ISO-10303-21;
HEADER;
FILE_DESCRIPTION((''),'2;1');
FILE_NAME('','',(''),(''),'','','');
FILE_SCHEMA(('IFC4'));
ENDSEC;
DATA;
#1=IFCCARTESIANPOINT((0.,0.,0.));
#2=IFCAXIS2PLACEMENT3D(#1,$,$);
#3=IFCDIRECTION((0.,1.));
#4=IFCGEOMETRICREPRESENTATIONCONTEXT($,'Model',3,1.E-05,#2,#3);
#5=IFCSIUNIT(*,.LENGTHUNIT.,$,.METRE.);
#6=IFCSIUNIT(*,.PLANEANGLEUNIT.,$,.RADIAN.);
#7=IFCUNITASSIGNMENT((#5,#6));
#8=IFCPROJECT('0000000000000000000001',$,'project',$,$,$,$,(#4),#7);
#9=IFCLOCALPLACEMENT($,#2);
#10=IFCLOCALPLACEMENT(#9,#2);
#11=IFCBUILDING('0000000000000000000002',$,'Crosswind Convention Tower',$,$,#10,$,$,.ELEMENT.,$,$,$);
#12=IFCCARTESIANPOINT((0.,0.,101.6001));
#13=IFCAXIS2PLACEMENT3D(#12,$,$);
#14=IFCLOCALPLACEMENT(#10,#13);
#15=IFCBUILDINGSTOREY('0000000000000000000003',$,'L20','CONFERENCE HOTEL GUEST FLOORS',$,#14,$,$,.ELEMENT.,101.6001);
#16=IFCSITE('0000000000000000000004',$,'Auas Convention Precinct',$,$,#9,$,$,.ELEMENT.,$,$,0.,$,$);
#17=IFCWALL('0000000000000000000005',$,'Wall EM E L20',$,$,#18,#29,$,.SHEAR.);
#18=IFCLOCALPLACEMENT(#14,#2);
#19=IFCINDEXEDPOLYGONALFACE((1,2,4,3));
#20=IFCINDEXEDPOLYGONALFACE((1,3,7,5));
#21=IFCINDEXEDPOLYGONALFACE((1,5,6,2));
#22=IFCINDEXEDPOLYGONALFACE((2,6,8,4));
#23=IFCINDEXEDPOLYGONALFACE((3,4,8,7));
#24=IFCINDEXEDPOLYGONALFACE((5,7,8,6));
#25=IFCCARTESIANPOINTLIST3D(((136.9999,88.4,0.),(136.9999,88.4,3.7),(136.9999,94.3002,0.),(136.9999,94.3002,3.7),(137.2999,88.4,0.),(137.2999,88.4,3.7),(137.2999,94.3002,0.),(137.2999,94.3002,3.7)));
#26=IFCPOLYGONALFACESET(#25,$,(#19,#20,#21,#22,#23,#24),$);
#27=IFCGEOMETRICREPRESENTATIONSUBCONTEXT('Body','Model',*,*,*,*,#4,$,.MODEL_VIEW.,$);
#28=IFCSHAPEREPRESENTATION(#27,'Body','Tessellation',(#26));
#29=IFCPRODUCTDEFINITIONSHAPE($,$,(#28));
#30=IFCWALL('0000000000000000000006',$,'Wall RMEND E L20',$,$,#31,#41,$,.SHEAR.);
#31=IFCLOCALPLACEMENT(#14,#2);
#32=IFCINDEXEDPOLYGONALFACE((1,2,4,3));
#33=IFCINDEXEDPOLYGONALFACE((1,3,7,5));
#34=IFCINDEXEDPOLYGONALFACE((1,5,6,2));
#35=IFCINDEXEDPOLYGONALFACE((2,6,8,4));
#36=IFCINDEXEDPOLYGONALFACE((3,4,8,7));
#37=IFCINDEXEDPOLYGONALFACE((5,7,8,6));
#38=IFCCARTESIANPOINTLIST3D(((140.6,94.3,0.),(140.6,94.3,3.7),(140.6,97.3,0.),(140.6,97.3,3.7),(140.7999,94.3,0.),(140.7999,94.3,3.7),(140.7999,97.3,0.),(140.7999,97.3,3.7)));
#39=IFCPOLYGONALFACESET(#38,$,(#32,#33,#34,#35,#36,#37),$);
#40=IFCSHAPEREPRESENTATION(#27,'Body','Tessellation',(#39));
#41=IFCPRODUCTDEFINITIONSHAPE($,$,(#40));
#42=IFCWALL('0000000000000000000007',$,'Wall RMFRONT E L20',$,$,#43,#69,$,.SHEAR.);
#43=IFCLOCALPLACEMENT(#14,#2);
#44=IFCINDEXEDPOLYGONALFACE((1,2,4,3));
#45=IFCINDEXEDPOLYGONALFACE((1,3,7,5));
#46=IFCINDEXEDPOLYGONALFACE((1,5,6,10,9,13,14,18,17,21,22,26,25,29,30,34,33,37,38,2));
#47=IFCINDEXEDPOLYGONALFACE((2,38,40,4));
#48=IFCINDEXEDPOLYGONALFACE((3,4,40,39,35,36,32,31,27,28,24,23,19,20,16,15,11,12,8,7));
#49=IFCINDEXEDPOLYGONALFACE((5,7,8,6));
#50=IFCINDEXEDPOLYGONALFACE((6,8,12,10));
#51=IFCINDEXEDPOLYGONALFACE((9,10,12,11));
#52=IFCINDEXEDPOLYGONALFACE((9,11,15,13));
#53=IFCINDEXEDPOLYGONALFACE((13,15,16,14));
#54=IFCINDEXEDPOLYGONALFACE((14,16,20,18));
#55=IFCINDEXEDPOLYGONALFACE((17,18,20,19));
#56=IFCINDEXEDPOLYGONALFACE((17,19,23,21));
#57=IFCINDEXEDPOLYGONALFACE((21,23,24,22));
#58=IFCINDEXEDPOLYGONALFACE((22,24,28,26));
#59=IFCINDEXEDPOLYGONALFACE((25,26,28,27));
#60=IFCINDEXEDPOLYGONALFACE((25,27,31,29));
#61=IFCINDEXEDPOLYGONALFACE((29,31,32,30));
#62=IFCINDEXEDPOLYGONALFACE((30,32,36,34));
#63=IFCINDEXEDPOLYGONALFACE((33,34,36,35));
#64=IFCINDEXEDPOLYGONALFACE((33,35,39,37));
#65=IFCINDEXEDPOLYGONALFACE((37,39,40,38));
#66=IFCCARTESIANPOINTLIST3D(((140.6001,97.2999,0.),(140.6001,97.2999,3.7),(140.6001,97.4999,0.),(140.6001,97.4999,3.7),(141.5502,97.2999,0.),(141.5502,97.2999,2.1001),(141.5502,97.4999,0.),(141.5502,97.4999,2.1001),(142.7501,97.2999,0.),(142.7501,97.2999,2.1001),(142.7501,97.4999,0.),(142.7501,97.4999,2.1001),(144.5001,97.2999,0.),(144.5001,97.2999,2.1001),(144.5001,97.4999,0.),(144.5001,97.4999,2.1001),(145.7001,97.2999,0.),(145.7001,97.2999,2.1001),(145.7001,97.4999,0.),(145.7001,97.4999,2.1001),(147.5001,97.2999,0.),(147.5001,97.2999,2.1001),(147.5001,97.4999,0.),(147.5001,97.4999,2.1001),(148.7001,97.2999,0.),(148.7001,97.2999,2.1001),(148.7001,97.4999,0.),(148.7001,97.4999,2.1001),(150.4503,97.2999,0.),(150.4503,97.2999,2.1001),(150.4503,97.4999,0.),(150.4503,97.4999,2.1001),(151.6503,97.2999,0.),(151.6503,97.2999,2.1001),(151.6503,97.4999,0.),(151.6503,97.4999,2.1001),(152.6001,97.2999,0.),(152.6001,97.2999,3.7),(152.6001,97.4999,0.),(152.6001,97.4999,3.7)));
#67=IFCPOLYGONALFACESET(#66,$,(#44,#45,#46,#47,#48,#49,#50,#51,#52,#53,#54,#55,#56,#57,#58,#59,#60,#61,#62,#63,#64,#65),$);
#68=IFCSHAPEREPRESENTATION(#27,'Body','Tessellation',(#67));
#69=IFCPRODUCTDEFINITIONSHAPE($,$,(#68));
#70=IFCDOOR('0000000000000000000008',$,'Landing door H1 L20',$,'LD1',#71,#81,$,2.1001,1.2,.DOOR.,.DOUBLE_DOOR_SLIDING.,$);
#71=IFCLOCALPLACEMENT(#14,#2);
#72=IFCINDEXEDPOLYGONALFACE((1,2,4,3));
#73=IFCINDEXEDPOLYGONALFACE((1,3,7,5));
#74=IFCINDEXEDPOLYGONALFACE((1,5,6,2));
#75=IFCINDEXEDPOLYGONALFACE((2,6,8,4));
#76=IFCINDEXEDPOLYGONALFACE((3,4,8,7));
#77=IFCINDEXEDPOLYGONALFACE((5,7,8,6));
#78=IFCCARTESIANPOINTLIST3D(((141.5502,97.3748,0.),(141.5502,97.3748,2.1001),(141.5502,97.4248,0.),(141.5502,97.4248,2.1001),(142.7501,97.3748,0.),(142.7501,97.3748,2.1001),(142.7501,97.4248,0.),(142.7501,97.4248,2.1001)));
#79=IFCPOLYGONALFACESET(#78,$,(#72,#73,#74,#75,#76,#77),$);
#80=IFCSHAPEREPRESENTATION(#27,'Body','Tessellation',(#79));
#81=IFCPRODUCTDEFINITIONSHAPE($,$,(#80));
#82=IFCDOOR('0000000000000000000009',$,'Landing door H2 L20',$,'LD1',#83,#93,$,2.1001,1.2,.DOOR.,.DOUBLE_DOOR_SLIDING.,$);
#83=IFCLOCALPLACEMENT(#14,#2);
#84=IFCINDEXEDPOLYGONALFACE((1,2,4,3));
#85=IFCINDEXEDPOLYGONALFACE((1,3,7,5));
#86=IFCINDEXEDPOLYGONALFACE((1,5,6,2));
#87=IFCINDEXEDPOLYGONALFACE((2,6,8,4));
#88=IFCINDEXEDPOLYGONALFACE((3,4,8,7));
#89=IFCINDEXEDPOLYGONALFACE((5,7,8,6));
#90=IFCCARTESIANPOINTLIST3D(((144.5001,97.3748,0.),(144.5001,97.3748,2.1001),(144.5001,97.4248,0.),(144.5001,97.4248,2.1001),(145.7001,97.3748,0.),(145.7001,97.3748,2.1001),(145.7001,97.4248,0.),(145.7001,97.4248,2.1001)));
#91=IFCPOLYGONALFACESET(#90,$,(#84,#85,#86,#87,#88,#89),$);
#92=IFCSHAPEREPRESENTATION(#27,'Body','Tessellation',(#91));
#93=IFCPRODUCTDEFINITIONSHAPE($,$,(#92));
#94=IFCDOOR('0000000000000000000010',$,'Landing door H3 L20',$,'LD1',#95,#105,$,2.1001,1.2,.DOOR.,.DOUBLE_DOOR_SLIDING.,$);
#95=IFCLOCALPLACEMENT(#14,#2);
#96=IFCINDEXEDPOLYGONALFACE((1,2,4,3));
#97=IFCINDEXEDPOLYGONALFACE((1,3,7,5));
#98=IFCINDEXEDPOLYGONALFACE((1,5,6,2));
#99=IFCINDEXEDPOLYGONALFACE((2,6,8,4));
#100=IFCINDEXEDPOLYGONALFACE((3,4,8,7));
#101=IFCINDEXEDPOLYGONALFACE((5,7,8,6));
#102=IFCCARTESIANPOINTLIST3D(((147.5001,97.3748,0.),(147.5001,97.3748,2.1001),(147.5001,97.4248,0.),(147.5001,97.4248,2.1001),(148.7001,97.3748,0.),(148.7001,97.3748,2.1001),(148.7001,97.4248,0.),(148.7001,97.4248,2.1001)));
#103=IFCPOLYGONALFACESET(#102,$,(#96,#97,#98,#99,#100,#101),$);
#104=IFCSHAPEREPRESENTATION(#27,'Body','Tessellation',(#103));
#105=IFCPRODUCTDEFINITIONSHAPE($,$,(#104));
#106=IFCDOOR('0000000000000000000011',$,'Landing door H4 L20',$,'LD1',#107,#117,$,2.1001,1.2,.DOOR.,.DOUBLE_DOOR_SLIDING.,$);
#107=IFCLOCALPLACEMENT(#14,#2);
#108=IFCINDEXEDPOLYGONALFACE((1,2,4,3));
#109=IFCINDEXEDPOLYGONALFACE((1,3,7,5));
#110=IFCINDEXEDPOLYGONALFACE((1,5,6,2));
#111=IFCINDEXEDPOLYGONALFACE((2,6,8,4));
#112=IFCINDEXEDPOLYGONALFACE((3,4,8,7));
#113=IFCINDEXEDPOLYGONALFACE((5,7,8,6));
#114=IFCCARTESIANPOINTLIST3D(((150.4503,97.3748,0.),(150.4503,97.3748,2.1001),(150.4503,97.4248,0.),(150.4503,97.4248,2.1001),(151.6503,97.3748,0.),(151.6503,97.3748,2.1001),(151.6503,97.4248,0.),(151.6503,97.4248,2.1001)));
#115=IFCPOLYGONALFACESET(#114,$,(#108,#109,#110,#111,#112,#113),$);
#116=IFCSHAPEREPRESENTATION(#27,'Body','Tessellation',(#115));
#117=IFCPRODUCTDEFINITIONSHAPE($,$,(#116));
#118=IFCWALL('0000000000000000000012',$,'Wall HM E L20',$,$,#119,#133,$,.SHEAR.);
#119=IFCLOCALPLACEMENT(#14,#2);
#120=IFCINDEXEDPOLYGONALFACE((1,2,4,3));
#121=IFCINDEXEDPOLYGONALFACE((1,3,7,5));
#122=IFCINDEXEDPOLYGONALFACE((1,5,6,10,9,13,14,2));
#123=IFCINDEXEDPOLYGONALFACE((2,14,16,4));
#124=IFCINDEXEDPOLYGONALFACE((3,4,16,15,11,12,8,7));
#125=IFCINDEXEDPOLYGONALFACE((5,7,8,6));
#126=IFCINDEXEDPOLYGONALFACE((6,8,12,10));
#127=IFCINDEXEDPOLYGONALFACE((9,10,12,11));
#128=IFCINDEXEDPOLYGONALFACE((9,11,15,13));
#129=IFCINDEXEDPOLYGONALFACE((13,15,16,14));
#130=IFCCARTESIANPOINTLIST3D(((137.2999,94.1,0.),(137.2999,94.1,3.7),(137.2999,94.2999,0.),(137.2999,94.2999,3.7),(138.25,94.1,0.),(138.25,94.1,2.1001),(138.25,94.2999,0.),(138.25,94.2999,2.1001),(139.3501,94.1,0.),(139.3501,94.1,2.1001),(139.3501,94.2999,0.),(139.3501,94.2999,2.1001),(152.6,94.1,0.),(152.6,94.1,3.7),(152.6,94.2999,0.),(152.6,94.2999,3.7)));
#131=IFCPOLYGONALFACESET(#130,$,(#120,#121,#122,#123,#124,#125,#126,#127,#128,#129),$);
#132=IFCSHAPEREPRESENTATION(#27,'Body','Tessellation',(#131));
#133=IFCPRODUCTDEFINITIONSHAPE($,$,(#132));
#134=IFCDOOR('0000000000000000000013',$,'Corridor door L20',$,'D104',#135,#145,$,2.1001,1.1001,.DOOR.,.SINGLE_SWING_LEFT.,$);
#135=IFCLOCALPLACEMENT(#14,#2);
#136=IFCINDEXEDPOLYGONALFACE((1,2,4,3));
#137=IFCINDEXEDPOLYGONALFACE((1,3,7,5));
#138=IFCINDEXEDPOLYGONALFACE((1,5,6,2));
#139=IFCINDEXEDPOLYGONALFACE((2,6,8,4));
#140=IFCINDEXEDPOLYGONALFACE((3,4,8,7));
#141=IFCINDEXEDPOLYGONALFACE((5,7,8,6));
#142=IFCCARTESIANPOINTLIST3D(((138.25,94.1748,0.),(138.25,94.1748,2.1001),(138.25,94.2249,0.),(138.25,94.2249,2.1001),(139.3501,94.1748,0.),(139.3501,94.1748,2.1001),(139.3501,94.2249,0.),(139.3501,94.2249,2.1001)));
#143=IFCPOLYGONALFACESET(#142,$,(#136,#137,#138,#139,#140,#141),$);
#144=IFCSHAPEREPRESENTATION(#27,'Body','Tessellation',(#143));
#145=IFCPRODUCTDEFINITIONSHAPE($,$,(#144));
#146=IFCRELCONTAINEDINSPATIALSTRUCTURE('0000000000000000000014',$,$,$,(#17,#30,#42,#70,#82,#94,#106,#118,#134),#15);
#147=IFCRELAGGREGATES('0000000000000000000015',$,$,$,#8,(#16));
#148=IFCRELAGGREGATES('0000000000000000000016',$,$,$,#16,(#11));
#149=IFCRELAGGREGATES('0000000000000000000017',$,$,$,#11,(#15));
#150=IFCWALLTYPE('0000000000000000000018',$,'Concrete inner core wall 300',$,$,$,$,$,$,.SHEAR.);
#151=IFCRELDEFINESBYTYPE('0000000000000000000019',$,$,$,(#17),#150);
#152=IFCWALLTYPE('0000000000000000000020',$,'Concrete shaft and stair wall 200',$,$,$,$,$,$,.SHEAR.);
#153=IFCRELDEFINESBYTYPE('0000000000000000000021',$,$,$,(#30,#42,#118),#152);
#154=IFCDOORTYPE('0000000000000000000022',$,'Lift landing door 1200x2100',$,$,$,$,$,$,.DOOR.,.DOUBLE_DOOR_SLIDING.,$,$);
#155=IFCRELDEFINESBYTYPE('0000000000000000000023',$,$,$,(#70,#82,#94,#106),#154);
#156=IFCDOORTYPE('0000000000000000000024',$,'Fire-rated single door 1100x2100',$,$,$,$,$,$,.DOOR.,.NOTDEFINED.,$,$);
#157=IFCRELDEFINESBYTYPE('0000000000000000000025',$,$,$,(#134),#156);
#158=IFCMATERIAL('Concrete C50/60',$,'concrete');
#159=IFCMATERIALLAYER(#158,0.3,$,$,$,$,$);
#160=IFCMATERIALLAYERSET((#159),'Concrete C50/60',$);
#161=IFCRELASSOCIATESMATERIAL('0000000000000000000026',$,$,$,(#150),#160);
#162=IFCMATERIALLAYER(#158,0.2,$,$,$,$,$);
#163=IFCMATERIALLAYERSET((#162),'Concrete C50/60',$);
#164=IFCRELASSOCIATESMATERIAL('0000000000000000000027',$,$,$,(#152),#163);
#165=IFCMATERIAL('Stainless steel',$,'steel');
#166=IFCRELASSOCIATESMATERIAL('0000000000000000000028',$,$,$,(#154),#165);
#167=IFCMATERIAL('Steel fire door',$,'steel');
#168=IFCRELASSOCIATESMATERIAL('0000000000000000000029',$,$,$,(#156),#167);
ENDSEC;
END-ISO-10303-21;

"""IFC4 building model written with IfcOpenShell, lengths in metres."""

from ifc_helpers import new_model, si_unit, direction, frame, frame_2d, origin, place, context, subcontext, project, spatial, rectangle, extrude, material, layer, layer_set, type_object, element, fill, save


model = new_model("IFC4")

# Units and contexts
model_context = context("Model", 3, precision=1e-05, world=origin(), true_north=direction((0.0, 1.0)))
body_context = subcontext(model_context, "Body", "Model", "MODEL_VIEW")
ifc_project = project(units=[si_unit("LENGTHUNIT", "METRE"), si_unit("PLANEANGLEUNIT", "RADIAN")], contexts=[model_context])

# Site, building, storey
site_placement = place(None, origin())
site = spatial("IfcSite", under=ifc_project, at=site_placement, Name="Auas Convention Precinct", CompositionType="ELEMENT", RefElevation=0.0)
building_placement = place(site_placement, origin())
building = spatial("IfcBuilding", under=site, at=building_placement, Name="Crosswind Convention Tower", CompositionType="ELEMENT")
storey_placement = place(building_placement, frame((0.0, 0.0, 101.6001)))
storey = spatial("IfcBuildingStorey", under=building, at=storey_placement, Name="L20", Description="CONFERENCE HOTEL GUEST FLOORS", CompositionType="ELEMENT", Elevation=101.6001)

# Shared definitions
ifc_material_1 = material(Name="Concrete C50/60", Category="concrete")
ifc_layer_1 = layer(ifc_material_1, 0.3)
ifc_layer_set_1 = layer_set([ifc_layer_1], Name="Concrete C50/60")
wall_type_1 = type_object("IfcWallType", Name="Concrete inner core wall 300", PredefinedType="SHEAR", material=ifc_layer_set_1)

# Walls
wall_1_placement = place(storey_placement, frame((137.1499, 88.3999, 0.0), z_axis=(0.0, 0.0, 1.0), x_axis=(0.0, 1.0, 0.0)))
element("IfcWall", 1, at=wall_1_placement, inside=storey, type_object=wall_type_1, Name="Wall EM E L20", PredefinedType="SHEAR", context=body_context, shape_type="SweptSolid", body=[
    extrude(rectangle(XDim=5.9001, YDim=0.3, at=frame_2d((2.9502, 0.0))), origin(), (0.0, 0.0, 1.0), 3.7),
])
ifc_layer_2 = layer(ifc_material_1, 0.2)
ifc_layer_set_2 = layer_set([ifc_layer_2], Name="Concrete C50/60")
wall_type_2 = type_object("IfcWallType", Name="Concrete shaft and stair wall 200", PredefinedType="SHEAR", material=ifc_layer_set_2)
wall_2_placement = place(storey_placement, frame((140.7, 94.3, 0.0), z_axis=(0.0, 0.0, 1.0), x_axis=(0.0, 1.0, 0.0)))
element("IfcWall", 2, at=wall_2_placement, inside=storey, type_object=wall_type_2, Name="Wall RMEND E L20", PredefinedType="SHEAR", context=body_context, shape_type="SweptSolid", body=[
    extrude(rectangle(XDim=3.0, YDim=0.2, at=frame_2d((1.5, 0.0))), origin(), (0.0, 0.0, 1.0), 3.7),
])

# Wall, openings, doors
wall_3_placement = place(storey_placement, frame((140.6001, 97.3999, 0.0), z_axis=(0.0, 0.0, 1.0), x_axis=(1.0, 0.0, 0.0)))
wall_3 = element("IfcWall", 3, at=wall_3_placement, inside=storey, type_object=wall_type_2, Name="Wall RMFRONT E L20", PredefinedType="SHEAR", context=body_context, shape_type="SweptSolid", body=[
    extrude(rectangle(XDim=12.0, YDim=0.2, at=frame_2d((6.0, 0.0))), origin(), (0.0, 0.0, 1.0), 3.7),
])
opening_1_placement = place(wall_3_placement, frame((0.95, 0.0, 0.0)))
opening_1 = element("IfcOpeningElement", 4, at=opening_1_placement, cuts=wall_3, PredefinedType="OPENING", context=body_context, shape_type="SweptSolid", body=[
    extrude(rectangle(XDim=1.2, YDim=2.1001, at=frame_2d((0.6001, 1.05))), frame((0.0, 0.1099, 0.0), z_axis=(0.0, -1.0, 0.0), x_axis=(1.0, 0.0, 0.0)), (0.0, 0.0, 1.0), 0.22),
])
opening_2_placement = place(wall_3_placement, frame((3.8999, 0.0, 0.0)))
opening_2 = element("IfcOpeningElement", 5, at=opening_2_placement, cuts=wall_3, PredefinedType="OPENING", context=body_context, shape_type="SweptSolid", body=[
    extrude(rectangle(XDim=1.2, YDim=2.1001, at=frame_2d((0.6001, 1.05))), frame((0.0, 0.1099, 0.0), z_axis=(0.0, -1.0, 0.0), x_axis=(1.0, 0.0, 0.0)), (0.0, 0.0, 1.0), 0.22),
])
opening_3_placement = place(wall_3_placement, frame((6.8999, 0.0, 0.0)))
opening_3 = element("IfcOpeningElement", 6, at=opening_3_placement, cuts=wall_3, PredefinedType="OPENING", context=body_context, shape_type="SweptSolid", body=[
    extrude(rectangle(XDim=1.2, YDim=2.1001, at=frame_2d((0.6001, 1.05))), frame((0.0, 0.1099, 0.0), z_axis=(0.0, -1.0, 0.0), x_axis=(1.0, 0.0, 0.0)), (0.0, 0.0, 1.0), 0.22),
])
opening_4_placement = place(wall_3_placement, frame((9.8501, 0.0, 0.0)))
opening_4 = element("IfcOpeningElement", 7, at=opening_4_placement, cuts=wall_3, PredefinedType="OPENING", context=body_context, shape_type="SweptSolid", body=[
    extrude(rectangle(XDim=1.2, YDim=2.1001, at=frame_2d((0.6001, 1.05))), frame((0.0, 0.1099, 0.0), z_axis=(0.0, -1.0, 0.0), x_axis=(1.0, 0.0, 0.0)), (0.0, 0.0, 1.0), 0.22),
])
ifc_material_2 = material(Name="Stainless steel", Category="steel")
door_type_1 = type_object("IfcDoorType", Name="Lift landing door 1200x2100", OperationType="DOUBLE_DOOR_SLIDING", PredefinedType="DOOR", material=ifc_material_2)
door_1_placement = place(opening_1_placement, origin())
door_1 = element("IfcDoor", 8, at=door_1_placement, inside=storey, type_object=door_type_1, Name="Landing door H1 L20", ObjectType="LD1", OperationType="DOUBLE_DOOR_SLIDING", OverallHeight=2.1001, OverallWidth=1.2, PredefinedType="DOOR", context=body_context, shape_type="SweptSolid", body=[
    extrude(rectangle(XDim=1.2, YDim=2.1001, at=frame_2d((0.6001, 1.05))), frame((0.0, 0.0249, 0.0), z_axis=(0.0, -1.0, 0.0), x_axis=(1.0, 0.0, 0.0)), (0.0, 0.0, 1.0), 0.05),
])
fill(opening_1, door_1)
door_2_placement = place(opening_2_placement, origin())
door_2 = element("IfcDoor", 9, at=door_2_placement, inside=storey, type_object=door_type_1, Name="Landing door H2 L20", ObjectType="LD1", OperationType="DOUBLE_DOOR_SLIDING", OverallHeight=2.1001, OverallWidth=1.2, PredefinedType="DOOR", context=body_context, shape_type="SweptSolid", body=[
    extrude(rectangle(XDim=1.2, YDim=2.1001, at=frame_2d((0.6001, 1.05))), frame((0.0, 0.0249, 0.0), z_axis=(0.0, -1.0, 0.0), x_axis=(1.0, 0.0, 0.0)), (0.0, 0.0, 1.0), 0.05),
])
fill(opening_2, door_2)
door_3_placement = place(opening_3_placement, origin())
door_3 = element("IfcDoor", 10, at=door_3_placement, inside=storey, type_object=door_type_1, Name="Landing door H3 L20", ObjectType="LD1", OperationType="DOUBLE_DOOR_SLIDING", OverallHeight=2.1001, OverallWidth=1.2, PredefinedType="DOOR", context=body_context, shape_type="SweptSolid", body=[
    extrude(rectangle(XDim=1.2, YDim=2.1001, at=frame_2d((0.6001, 1.05))), frame((0.0, 0.0249, 0.0), z_axis=(0.0, -1.0, 0.0), x_axis=(1.0, 0.0, 0.0)), (0.0, 0.0, 1.0), 0.05),
])
fill(opening_3, door_3)
door_4_placement = place(opening_4_placement, origin())
door_4 = element("IfcDoor", 11, at=door_4_placement, inside=storey, type_object=door_type_1, Name="Landing door H4 L20", ObjectType="LD1", OperationType="DOUBLE_DOOR_SLIDING", OverallHeight=2.1001, OverallWidth=1.2, PredefinedType="DOOR", context=body_context, shape_type="SweptSolid", body=[
    extrude(rectangle(XDim=1.2, YDim=2.1001, at=frame_2d((0.6001, 1.05))), frame((0.0, 0.0249, 0.0), z_axis=(0.0, -1.0, 0.0), x_axis=(1.0, 0.0, 0.0)), (0.0, 0.0, 1.0), 0.05),
])
fill(opening_4, door_4)

# Wall, opening, door
wall_4_placement = place(storey_placement, frame((137.3, 94.2, 0.0), z_axis=(0.0, 0.0, 1.0), x_axis=(1.0, 0.0, 0.0)))
wall_4 = element("IfcWall", 12, at=wall_4_placement, inside=storey, type_object=wall_type_2, Name="Wall HM E L20", PredefinedType="SHEAR", context=body_context, shape_type="SweptSolid", body=[
    extrude(rectangle(XDim=15.3, YDim=0.2, at=frame_2d((7.6499, 0.0))), origin(), (0.0, 0.0, 1.0), 3.7),
])
opening_5_placement = place(wall_4_placement, frame((0.95, 0.0, 0.0)))
opening_5 = element("IfcOpeningElement", 13, at=opening_5_placement, cuts=wall_4, PredefinedType="OPENING", context=body_context, shape_type="SweptSolid", body=[
    extrude(rectangle(XDim=1.1001, YDim=2.1001, at=frame_2d((0.55, 1.05))), frame((0.0, 0.1099, 0.0), z_axis=(0.0, -1.0, 0.0), x_axis=(1.0, 0.0, 0.0)), (0.0, 0.0, 1.0), 0.22),
])
ifc_material_3 = material(Name="Steel fire door", Category="steel")
door_type_2 = type_object("IfcDoorType", Name="Fire-rated single door 1100x2100", OperationType="NOTDEFINED", PredefinedType="DOOR", material=ifc_material_3)
door_5_placement = place(opening_5_placement, origin())
door_5 = element("IfcDoor", 14, at=door_5_placement, inside=storey, type_object=door_type_2, Name="Corridor door L20", ObjectType="D104", OperationType="SINGLE_SWING_LEFT", OverallHeight=2.1001, OverallWidth=1.1001, PredefinedType="DOOR", context=body_context, shape_type="SweptSolid", body=[
    extrude(rectangle(XDim=1.1001, YDim=2.1001, at=frame_2d((0.55, 1.05))), frame((0.0, 0.0249, 0.0), z_axis=(0.0, -1.0, 0.0), x_axis=(1.0, 0.0, 0.0)), (0.0, 0.0, 1.0), 0.05),
])
fill(opening_5, door_5)

save(model, "model.ifc")
